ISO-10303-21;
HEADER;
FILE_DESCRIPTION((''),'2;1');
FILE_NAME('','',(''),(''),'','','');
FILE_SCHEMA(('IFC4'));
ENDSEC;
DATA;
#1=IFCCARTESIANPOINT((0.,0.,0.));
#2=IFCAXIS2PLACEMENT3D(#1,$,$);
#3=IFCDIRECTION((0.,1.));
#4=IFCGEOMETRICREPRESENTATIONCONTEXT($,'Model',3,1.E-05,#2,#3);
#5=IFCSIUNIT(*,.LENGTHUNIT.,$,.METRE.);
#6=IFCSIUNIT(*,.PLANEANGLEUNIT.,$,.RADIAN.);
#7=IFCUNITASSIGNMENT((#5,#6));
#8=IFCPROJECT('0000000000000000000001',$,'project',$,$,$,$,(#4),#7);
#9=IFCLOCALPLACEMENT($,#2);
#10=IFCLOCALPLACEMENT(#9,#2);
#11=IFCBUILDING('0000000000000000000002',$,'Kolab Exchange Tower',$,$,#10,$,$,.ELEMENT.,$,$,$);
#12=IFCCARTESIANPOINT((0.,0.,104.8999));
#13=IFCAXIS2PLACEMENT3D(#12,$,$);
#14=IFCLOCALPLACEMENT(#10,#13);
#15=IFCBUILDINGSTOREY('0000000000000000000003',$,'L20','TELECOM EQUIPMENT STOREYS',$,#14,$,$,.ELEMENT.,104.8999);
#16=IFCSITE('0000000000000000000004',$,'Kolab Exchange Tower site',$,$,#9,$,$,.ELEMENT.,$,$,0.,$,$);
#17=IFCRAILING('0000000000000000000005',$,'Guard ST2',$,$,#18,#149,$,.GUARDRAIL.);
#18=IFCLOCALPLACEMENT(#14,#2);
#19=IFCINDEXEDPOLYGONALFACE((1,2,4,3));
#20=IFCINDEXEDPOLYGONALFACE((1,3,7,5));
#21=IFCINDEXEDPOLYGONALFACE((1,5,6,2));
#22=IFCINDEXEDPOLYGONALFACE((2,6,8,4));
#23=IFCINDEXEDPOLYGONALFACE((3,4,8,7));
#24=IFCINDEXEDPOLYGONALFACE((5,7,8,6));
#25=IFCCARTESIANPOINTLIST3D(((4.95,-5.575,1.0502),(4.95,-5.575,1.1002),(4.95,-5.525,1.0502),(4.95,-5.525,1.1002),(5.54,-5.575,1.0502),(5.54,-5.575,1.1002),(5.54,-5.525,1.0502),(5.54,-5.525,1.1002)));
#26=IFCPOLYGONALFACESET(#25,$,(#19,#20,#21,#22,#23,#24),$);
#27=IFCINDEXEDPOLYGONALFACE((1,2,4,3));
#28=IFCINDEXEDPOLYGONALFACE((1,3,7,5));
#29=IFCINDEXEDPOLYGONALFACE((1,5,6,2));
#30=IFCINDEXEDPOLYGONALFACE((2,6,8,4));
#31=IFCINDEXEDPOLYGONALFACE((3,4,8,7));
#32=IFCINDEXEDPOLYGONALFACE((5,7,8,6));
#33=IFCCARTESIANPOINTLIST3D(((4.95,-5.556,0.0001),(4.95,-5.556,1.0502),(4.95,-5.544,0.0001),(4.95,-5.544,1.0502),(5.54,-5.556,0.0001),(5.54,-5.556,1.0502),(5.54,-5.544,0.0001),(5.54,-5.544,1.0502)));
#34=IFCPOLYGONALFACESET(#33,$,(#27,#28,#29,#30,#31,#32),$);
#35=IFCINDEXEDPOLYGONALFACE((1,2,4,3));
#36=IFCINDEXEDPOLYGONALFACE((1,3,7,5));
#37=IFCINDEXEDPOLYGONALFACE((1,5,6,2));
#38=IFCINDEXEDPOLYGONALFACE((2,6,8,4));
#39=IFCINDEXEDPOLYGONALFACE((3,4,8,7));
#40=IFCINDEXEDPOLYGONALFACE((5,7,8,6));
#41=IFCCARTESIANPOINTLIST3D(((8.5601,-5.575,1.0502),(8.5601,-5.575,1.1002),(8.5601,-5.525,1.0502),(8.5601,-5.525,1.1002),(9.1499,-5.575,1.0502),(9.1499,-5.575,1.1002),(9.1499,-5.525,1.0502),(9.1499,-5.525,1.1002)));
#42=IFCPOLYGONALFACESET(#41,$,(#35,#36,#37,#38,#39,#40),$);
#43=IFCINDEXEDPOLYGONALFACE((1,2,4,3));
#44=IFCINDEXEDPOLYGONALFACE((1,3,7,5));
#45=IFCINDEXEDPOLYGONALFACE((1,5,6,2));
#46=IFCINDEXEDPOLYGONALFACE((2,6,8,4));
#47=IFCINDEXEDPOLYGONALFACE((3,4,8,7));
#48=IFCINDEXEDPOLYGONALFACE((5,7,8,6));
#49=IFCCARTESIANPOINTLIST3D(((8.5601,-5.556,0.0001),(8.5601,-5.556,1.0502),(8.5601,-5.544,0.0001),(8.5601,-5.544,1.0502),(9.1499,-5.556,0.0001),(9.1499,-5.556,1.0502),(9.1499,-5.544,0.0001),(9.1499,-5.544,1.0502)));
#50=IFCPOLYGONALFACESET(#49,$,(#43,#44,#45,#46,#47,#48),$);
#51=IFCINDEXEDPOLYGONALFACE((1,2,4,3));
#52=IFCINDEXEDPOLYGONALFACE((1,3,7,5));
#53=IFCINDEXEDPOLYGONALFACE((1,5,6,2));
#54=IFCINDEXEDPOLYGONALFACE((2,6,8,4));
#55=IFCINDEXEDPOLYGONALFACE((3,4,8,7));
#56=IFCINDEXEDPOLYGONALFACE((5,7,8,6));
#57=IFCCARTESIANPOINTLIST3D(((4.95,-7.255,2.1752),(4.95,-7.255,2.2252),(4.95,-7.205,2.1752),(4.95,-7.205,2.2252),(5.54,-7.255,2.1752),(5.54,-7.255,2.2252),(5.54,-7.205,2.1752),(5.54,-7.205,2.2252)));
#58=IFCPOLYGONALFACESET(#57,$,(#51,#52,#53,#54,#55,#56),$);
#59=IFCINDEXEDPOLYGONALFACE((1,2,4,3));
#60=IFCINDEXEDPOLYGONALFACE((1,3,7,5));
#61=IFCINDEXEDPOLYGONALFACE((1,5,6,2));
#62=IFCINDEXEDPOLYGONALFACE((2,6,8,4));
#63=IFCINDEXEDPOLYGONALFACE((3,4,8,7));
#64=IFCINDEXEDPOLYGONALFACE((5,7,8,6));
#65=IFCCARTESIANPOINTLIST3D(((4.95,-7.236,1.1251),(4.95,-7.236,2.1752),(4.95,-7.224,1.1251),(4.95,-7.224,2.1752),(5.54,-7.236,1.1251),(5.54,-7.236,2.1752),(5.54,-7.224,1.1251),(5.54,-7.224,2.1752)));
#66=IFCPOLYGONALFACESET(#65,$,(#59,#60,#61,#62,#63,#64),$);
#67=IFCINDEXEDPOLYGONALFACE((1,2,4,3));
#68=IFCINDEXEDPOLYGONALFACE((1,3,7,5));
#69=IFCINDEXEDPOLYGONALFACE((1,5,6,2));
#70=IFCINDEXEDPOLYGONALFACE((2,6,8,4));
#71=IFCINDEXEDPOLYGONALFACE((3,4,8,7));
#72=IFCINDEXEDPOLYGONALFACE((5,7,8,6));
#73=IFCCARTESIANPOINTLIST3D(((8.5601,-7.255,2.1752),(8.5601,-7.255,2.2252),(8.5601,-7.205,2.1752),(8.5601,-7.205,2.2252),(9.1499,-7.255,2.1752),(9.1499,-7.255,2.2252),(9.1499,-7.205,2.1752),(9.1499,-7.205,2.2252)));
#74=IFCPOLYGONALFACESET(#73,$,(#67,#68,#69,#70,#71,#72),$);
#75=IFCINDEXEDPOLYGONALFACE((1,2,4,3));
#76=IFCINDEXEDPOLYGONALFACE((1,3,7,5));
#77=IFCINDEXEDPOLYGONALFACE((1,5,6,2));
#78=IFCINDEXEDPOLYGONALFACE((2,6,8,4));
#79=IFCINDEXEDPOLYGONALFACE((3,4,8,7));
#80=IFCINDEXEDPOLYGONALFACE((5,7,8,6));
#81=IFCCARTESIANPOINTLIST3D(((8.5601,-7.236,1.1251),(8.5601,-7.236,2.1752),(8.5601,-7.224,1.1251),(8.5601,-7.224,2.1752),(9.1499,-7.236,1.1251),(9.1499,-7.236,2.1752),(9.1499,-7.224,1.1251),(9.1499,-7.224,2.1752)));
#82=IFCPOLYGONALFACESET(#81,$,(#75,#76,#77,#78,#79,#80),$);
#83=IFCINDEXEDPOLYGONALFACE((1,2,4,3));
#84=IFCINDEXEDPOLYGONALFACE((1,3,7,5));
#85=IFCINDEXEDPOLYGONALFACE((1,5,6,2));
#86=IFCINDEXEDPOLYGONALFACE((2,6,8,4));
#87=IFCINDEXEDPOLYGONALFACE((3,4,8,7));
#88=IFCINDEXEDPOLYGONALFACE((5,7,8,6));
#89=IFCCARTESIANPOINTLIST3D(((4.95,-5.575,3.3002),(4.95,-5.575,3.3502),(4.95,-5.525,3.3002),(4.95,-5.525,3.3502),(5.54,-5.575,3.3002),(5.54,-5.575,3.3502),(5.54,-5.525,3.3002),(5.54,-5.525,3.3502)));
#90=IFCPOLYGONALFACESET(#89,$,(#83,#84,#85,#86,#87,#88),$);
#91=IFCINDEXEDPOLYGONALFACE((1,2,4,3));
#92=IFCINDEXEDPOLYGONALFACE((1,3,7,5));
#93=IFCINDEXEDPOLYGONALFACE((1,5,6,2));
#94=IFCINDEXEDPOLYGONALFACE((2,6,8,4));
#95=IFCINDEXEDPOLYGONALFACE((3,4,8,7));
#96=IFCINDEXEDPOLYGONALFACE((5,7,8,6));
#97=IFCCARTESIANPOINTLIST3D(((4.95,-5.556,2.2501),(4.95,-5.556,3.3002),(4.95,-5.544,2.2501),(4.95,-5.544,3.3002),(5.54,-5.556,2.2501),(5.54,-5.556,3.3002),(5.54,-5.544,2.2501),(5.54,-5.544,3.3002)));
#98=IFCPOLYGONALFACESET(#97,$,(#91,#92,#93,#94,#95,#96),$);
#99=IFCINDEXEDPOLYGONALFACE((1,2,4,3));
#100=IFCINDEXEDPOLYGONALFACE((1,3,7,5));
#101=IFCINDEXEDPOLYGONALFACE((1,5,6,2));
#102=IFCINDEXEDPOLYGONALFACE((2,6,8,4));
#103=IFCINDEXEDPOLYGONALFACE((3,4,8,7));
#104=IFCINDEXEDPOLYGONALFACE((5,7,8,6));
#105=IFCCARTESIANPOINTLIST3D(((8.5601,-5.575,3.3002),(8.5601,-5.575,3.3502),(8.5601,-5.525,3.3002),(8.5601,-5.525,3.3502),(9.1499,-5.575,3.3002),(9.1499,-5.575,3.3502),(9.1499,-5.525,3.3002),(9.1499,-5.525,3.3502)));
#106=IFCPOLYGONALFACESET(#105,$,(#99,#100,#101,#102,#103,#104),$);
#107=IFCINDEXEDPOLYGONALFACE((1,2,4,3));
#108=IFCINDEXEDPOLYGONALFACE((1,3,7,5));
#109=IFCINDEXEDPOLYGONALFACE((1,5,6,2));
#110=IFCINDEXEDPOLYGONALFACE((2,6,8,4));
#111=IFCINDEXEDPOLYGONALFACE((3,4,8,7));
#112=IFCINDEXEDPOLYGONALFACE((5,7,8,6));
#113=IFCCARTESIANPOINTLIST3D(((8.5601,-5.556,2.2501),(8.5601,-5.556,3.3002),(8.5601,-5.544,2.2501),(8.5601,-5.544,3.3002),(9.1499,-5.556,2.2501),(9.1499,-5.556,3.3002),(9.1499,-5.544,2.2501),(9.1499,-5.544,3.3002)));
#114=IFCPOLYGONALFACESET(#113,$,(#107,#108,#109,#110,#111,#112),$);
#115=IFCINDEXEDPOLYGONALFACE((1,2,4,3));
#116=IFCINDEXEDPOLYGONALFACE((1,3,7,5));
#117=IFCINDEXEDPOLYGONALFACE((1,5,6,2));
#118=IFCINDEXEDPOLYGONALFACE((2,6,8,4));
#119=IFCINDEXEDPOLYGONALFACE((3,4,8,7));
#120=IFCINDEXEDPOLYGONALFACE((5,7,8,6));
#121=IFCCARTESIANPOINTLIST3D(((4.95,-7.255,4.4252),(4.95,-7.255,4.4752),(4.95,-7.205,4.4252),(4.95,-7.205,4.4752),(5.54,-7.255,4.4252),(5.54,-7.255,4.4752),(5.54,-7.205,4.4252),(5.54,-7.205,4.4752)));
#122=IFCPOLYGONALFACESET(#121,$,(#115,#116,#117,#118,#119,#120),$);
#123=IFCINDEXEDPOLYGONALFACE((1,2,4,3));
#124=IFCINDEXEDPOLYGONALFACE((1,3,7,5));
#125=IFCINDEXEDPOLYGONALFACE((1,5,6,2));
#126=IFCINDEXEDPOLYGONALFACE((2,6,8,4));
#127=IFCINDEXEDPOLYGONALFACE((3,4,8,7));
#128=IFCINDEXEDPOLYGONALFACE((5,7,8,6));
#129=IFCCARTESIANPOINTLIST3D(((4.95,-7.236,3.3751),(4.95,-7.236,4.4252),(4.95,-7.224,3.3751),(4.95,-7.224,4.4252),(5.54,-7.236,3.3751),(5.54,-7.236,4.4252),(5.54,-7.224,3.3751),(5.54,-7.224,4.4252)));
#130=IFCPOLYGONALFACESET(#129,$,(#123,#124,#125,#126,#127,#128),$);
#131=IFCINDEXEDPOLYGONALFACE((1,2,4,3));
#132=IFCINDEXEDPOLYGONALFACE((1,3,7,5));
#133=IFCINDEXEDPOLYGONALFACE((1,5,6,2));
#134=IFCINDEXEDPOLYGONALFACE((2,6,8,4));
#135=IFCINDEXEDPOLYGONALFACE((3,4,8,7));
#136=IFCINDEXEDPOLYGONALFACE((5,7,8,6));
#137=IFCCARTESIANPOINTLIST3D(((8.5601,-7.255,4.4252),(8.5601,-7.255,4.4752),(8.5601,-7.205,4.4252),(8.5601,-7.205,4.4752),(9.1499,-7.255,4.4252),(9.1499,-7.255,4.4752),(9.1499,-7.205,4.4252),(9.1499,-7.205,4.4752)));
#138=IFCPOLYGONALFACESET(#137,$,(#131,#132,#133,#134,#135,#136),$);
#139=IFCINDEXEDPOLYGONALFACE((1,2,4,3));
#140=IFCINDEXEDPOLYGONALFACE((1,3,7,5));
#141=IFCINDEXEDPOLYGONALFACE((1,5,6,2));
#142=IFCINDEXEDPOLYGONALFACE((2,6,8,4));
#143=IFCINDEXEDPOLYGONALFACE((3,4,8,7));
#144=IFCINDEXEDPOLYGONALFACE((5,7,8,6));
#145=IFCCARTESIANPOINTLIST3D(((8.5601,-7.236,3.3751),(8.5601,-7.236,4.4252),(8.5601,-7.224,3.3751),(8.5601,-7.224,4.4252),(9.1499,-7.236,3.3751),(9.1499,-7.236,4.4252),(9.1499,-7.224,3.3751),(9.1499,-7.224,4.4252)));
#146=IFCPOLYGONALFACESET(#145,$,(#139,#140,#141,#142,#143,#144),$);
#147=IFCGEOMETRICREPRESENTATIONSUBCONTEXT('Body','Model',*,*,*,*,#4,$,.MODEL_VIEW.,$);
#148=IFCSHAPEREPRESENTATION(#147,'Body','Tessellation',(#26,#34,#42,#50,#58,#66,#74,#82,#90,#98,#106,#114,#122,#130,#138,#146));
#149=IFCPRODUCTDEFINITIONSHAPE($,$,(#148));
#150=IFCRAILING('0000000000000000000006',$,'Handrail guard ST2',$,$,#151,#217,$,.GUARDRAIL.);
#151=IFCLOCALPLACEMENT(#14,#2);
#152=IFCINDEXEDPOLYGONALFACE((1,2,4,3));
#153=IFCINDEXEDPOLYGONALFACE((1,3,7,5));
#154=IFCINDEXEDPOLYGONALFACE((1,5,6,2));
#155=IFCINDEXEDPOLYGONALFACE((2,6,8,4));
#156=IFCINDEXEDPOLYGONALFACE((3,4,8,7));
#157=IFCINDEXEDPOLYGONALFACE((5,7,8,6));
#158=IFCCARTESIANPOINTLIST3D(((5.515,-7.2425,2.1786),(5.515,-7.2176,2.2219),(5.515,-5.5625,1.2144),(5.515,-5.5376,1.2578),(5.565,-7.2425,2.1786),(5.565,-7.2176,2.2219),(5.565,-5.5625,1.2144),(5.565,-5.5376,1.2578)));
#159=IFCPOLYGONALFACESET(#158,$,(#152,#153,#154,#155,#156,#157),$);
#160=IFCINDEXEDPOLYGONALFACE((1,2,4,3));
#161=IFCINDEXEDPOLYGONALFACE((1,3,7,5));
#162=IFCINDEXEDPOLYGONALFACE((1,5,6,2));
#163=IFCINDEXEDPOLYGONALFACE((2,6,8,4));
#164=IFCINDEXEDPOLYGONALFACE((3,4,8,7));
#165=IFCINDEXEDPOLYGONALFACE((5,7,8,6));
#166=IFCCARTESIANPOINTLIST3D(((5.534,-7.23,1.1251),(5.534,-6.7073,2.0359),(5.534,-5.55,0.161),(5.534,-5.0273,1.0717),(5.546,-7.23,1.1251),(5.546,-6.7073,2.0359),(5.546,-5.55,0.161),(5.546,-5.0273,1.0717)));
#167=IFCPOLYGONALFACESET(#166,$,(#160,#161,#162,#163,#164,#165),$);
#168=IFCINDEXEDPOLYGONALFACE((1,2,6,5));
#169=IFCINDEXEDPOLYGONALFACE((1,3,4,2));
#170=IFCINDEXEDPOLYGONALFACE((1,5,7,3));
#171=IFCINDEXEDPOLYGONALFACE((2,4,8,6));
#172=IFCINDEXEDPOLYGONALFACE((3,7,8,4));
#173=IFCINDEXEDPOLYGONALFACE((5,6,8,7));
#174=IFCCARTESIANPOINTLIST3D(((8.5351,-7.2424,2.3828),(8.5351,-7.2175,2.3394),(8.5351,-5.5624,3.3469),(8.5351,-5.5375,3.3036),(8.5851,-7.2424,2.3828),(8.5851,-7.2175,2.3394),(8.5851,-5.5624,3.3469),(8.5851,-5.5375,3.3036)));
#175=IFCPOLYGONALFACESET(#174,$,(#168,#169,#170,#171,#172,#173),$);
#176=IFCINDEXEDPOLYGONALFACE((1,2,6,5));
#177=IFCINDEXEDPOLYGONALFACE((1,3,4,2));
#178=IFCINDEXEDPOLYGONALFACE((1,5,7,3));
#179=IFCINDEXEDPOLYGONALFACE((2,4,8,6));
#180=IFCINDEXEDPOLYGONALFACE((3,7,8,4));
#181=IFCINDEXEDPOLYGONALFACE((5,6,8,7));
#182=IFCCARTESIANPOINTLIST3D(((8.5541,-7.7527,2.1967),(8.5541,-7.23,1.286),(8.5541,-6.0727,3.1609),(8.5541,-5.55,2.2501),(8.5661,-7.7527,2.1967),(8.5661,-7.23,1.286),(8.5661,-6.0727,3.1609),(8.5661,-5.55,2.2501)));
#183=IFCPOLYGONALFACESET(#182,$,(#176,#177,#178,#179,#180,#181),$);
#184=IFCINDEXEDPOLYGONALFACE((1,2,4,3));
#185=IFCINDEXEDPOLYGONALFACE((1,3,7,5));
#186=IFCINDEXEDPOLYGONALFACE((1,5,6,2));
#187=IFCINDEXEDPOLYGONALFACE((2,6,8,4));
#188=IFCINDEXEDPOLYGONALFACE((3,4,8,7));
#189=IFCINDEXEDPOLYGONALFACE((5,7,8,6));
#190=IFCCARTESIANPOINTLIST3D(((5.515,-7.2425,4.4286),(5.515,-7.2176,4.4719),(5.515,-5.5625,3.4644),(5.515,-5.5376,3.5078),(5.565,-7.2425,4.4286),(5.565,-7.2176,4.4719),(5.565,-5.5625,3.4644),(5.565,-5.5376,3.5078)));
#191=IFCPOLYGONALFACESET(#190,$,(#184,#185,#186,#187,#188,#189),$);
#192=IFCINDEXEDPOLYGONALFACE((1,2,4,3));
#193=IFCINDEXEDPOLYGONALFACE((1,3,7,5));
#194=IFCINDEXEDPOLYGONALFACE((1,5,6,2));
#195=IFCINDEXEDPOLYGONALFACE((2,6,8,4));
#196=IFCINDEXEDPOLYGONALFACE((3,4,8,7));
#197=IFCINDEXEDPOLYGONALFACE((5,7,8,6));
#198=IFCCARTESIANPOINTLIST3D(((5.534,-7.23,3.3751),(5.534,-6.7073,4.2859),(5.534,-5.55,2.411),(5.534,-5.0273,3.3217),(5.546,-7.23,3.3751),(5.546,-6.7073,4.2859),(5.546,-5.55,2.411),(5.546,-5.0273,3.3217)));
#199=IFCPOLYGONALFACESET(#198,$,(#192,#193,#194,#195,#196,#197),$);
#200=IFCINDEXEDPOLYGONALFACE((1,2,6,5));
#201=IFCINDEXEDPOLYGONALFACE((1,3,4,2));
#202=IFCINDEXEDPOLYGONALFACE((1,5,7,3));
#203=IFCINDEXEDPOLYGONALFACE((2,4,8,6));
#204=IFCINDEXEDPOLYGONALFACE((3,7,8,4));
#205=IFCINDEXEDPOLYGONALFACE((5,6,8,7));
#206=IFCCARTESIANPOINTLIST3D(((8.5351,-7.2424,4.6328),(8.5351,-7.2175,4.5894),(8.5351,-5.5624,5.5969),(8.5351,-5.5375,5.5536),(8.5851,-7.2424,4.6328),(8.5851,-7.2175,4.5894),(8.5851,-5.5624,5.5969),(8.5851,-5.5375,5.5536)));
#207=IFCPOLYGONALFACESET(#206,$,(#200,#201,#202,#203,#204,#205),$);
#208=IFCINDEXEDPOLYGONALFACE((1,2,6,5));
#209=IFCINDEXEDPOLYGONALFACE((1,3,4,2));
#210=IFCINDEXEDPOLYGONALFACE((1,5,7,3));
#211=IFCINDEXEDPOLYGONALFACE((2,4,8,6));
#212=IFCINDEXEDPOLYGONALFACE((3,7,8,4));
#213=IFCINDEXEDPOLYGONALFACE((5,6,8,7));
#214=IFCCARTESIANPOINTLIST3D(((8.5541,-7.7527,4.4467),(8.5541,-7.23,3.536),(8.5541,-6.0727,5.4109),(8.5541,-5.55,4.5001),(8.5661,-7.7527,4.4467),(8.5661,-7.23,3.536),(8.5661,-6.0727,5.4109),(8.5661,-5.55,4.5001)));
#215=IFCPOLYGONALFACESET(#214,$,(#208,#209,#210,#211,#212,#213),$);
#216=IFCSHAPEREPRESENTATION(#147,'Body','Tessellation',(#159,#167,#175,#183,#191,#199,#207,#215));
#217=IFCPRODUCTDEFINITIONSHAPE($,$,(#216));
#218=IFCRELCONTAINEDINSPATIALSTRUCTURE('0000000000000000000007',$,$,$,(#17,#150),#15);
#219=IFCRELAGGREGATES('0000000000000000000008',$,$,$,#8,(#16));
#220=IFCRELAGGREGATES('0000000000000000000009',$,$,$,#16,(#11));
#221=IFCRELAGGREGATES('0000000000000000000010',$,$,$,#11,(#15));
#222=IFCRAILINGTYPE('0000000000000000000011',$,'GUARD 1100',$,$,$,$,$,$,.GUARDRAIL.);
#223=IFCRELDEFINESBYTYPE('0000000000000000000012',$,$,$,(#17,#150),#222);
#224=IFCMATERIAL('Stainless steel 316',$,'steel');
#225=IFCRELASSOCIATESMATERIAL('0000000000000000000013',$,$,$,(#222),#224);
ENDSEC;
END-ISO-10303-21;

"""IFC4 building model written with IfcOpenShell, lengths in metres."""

from ifc_helpers import new_model, si_unit, direction, frame, frame_2d, origin, origin_2d, place, context, subcontext, project, spatial, rectangle, extrude, material, type_object, element, save


model = new_model("IFC4")

# Units and contexts
model_context = context("Model", 3, precision=1e-05, world=origin(), true_north=direction((0.0, 1.0)))
body_context = subcontext(model_context, "Body", "Model", "MODEL_VIEW")
ifc_project = project(units=[si_unit("LENGTHUNIT", "METRE"), si_unit("PLANEANGLEUNIT", "RADIAN")], contexts=[model_context])

# Site, building, storey
site_placement = place(None, origin())
site = spatial("IfcSite", under=ifc_project, at=site_placement, Name="Kolab Exchange Tower site", CompositionType="ELEMENT", RefElevation=0.0)
building_placement = place(site_placement, origin())
building = spatial("IfcBuilding", under=site, at=building_placement, Name="Kolab Exchange Tower", CompositionType="ELEMENT")
storey_placement = place(building_placement, frame((0.0, 0.0, 104.8999)))
storey = spatial("IfcBuildingStorey", under=building, at=storey_placement, Name="L20", Description="TELECOM EQUIPMENT STOREYS", CompositionType="ELEMENT", Elevation=104.8999)

# Railings
ifc_material_1 = material(Name="Stainless steel 316", Category="steel")
railing_type = type_object("IfcRailingType", Name="GUARD 1100", PredefinedType="GUARDRAIL", material=ifc_material_1)
railing_1_placement = place(storey_placement, frame((4.95, -5.55, 0.0)))
element("IfcRailing", 1, at=railing_1_placement, inside=storey, type_object=railing_type, Name="Guard ST2", PredefinedType="GUARDRAIL", context=body_context, shape_type="SweptSolid", body=[
    extrude(rectangle(XDim=0.05, YDim=0.05, at=origin_2d()), frame((0.0, 0.0, 1.0752), z_axis=(1.0, 0.0, 0.0), x_axis=(0.0, 1.0, 0.0)), (0.0, 0.0, 1.0), 0.5901),
    extrude(rectangle(XDim=0.012, YDim=1.0501, at=frame_2d((0.0, 0.5251))), frame((0.0, 0.0, 0.0), z_axis=(1.0, 0.0, 0.0), x_axis=(0.0, 1.0, 0.0)), (0.0, 0.0, 1.0), 0.5901),
    extrude(rectangle(XDim=0.05, YDim=0.05, at=origin_2d()), frame((3.6101, 0.0, 1.0752), z_axis=(1.0, 0.0, 0.0), x_axis=(0.0, 1.0, 0.0)), (0.0, 0.0, 1.0), 0.5898),
    extrude(rectangle(XDim=0.012, YDim=1.0501, at=frame_2d((0.0, 0.5251))), frame((3.6101, 0.0, 0.0), z_axis=(1.0, 0.0, 0.0), x_axis=(0.0, 1.0, 0.0)), (0.0, 0.0, 1.0), 0.5898),
    extrude(rectangle(XDim=0.05, YDim=0.05, at=origin_2d()), frame((0.0, -1.6799, 2.2002), z_axis=(1.0, 0.0, 0.0), x_axis=(0.0, 1.0, 0.0)), (0.0, 0.0, 1.0), 0.5901),
    extrude(rectangle(XDim=0.012, YDim=1.0501, at=frame_2d((0.0, 0.5251))), frame((0.0, -1.6799, 1.125), z_axis=(1.0, 0.0, 0.0), x_axis=(0.0, 1.0, 0.0)), (0.0, 0.0, 1.0), 0.5901),
    extrude(rectangle(XDim=0.05, YDim=0.05, at=origin_2d()), frame((3.6101, -1.6799, 2.2002), z_axis=(1.0, 0.0, 0.0), x_axis=(0.0, 1.0, 0.0)), (0.0, 0.0, 1.0), 0.5898),
    extrude(rectangle(XDim=0.012, YDim=1.0501, at=frame_2d((0.0, 0.5251))), frame((3.6101, -1.6799, 1.125), z_axis=(1.0, 0.0, 0.0), x_axis=(0.0, 1.0, 0.0)), (0.0, 0.0, 1.0), 0.5898),
    extrude(rectangle(XDim=0.05, YDim=0.05, at=origin_2d()), frame((0.0, 0.0, 3.3252), z_axis=(1.0, 0.0, 0.0), x_axis=(0.0, 1.0, 0.0)), (0.0, 0.0, 1.0), 0.5901),
    extrude(rectangle(XDim=0.012, YDim=1.0501, at=frame_2d((0.0, 0.5251))), frame((0.0, 0.0, 2.25), z_axis=(1.0, 0.0, 0.0), x_axis=(0.0, 1.0, 0.0)), (0.0, 0.0, 1.0), 0.5901),
    extrude(rectangle(XDim=0.05, YDim=0.05, at=origin_2d()), frame((3.6101, 0.0, 3.3252), z_axis=(1.0, 0.0, 0.0), x_axis=(0.0, 1.0, 0.0)), (0.0, 0.0, 1.0), 0.5898),
    extrude(rectangle(XDim=0.012, YDim=1.0501, at=frame_2d((0.0, 0.5251))), frame((3.6101, 0.0, 2.25), z_axis=(1.0, 0.0, 0.0), x_axis=(0.0, 1.0, 0.0)), (0.0, 0.0, 1.0), 0.5898),
    extrude(rectangle(XDim=0.05, YDim=0.05, at=origin_2d()), frame((0.0, -1.6799, 4.4502), z_axis=(1.0, 0.0, 0.0), x_axis=(0.0, 1.0, 0.0)), (0.0, 0.0, 1.0), 0.5901),
    extrude(rectangle(XDim=0.012, YDim=1.0501, at=frame_2d((0.0, 0.5251))), frame((0.0, -1.6799, 3.375), z_axis=(1.0, 0.0, 0.0), x_axis=(0.0, 1.0, 0.0)), (0.0, 0.0, 1.0), 0.5901),
    extrude(rectangle(XDim=0.05, YDim=0.05, at=origin_2d()), frame((3.6101, -1.6799, 4.4502), z_axis=(1.0, 0.0, 0.0), x_axis=(0.0, 1.0, 0.0)), (0.0, 0.0, 1.0), 0.5898),
    extrude(rectangle(XDim=0.012, YDim=1.0501, at=frame_2d((0.0, 0.5251))), frame((3.6101, -1.6799, 3.375), z_axis=(1.0, 0.0, 0.0), x_axis=(0.0, 1.0, 0.0)), (0.0, 0.0, 1.0), 0.5898),
])
railing_2_placement = place(storey_placement, frame((5.54, -5.55, 0.1609)))
element("IfcRailing", 2, at=railing_2_placement, inside=storey, type_object=railing_type, Name="Handrail guard ST2", PredefinedType="GUARDRAIL", context=body_context, shape_type="SweptSolid", body=[
    extrude(rectangle(XDim=0.05, YDim=0.05, at=origin_2d()), frame((0.0, 0.0, 1.0752), z_axis=(0.0, -0.867319, 0.497753), x_axis=(1.0, 0.0, 0.0)), (0.0, 0.0, 1.0), 1.937),
    extrude(rectangle(XDim=0.012, YDim=1.0501, at=frame_2d((0.0, 0.5251))), frame((0.0, 0.0, 0.0), z_axis=(0.0, -0.867319, 0.497753), x_axis=(1.0, 0.0, 0.0)), (0.0, 0.0, 1.0), 1.937),
    extrude(rectangle(XDim=0.05, YDim=0.05, at=origin_2d()), frame((3.02, -1.6799, 2.2002), z_axis=(0.0, 0.867319, 0.497753), x_axis=(-1.0, 0.0, 0.0)), (0.0, 0.0, 1.0), 1.937),
    extrude(rectangle(XDim=0.012, YDim=1.0501, at=frame_2d((0.0, 0.5251))), frame((3.02, -1.6799, 1.125), z_axis=(0.0, 0.867319, 0.497753), x_axis=(-1.0, 0.0, 0.0)), (0.0, 0.0, 1.0), 1.937),
    extrude(rectangle(XDim=0.05, YDim=0.05, at=origin_2d()), frame((0.0, 0.0, 3.3252), z_axis=(0.0, -0.867319, 0.497753), x_axis=(1.0, 0.0, 0.0)), (0.0, 0.0, 1.0), 1.937),
    extrude(rectangle(XDim=0.012, YDim=1.0501, at=frame_2d((0.0, 0.5251))), frame((0.0, 0.0, 2.25), z_axis=(0.0, -0.867319, 0.497753), x_axis=(1.0, 0.0, 0.0)), (0.0, 0.0, 1.0), 1.937),
    extrude(rectangle(XDim=0.05, YDim=0.05, at=origin_2d()), frame((3.02, -1.6799, 4.4502), z_axis=(0.0, 0.867319, 0.497753), x_axis=(-1.0, 0.0, 0.0)), (0.0, 0.0, 1.0), 1.937),
    extrude(rectangle(XDim=0.012, YDim=1.0501, at=frame_2d((0.0, 0.5251))), frame((3.02, -1.6799, 3.375), z_axis=(0.0, 0.867319, 0.497753), x_axis=(-1.0, 0.0, 0.0)), (0.0, 0.0, 1.0), 1.937),
])

save(model, "model.ifc")
